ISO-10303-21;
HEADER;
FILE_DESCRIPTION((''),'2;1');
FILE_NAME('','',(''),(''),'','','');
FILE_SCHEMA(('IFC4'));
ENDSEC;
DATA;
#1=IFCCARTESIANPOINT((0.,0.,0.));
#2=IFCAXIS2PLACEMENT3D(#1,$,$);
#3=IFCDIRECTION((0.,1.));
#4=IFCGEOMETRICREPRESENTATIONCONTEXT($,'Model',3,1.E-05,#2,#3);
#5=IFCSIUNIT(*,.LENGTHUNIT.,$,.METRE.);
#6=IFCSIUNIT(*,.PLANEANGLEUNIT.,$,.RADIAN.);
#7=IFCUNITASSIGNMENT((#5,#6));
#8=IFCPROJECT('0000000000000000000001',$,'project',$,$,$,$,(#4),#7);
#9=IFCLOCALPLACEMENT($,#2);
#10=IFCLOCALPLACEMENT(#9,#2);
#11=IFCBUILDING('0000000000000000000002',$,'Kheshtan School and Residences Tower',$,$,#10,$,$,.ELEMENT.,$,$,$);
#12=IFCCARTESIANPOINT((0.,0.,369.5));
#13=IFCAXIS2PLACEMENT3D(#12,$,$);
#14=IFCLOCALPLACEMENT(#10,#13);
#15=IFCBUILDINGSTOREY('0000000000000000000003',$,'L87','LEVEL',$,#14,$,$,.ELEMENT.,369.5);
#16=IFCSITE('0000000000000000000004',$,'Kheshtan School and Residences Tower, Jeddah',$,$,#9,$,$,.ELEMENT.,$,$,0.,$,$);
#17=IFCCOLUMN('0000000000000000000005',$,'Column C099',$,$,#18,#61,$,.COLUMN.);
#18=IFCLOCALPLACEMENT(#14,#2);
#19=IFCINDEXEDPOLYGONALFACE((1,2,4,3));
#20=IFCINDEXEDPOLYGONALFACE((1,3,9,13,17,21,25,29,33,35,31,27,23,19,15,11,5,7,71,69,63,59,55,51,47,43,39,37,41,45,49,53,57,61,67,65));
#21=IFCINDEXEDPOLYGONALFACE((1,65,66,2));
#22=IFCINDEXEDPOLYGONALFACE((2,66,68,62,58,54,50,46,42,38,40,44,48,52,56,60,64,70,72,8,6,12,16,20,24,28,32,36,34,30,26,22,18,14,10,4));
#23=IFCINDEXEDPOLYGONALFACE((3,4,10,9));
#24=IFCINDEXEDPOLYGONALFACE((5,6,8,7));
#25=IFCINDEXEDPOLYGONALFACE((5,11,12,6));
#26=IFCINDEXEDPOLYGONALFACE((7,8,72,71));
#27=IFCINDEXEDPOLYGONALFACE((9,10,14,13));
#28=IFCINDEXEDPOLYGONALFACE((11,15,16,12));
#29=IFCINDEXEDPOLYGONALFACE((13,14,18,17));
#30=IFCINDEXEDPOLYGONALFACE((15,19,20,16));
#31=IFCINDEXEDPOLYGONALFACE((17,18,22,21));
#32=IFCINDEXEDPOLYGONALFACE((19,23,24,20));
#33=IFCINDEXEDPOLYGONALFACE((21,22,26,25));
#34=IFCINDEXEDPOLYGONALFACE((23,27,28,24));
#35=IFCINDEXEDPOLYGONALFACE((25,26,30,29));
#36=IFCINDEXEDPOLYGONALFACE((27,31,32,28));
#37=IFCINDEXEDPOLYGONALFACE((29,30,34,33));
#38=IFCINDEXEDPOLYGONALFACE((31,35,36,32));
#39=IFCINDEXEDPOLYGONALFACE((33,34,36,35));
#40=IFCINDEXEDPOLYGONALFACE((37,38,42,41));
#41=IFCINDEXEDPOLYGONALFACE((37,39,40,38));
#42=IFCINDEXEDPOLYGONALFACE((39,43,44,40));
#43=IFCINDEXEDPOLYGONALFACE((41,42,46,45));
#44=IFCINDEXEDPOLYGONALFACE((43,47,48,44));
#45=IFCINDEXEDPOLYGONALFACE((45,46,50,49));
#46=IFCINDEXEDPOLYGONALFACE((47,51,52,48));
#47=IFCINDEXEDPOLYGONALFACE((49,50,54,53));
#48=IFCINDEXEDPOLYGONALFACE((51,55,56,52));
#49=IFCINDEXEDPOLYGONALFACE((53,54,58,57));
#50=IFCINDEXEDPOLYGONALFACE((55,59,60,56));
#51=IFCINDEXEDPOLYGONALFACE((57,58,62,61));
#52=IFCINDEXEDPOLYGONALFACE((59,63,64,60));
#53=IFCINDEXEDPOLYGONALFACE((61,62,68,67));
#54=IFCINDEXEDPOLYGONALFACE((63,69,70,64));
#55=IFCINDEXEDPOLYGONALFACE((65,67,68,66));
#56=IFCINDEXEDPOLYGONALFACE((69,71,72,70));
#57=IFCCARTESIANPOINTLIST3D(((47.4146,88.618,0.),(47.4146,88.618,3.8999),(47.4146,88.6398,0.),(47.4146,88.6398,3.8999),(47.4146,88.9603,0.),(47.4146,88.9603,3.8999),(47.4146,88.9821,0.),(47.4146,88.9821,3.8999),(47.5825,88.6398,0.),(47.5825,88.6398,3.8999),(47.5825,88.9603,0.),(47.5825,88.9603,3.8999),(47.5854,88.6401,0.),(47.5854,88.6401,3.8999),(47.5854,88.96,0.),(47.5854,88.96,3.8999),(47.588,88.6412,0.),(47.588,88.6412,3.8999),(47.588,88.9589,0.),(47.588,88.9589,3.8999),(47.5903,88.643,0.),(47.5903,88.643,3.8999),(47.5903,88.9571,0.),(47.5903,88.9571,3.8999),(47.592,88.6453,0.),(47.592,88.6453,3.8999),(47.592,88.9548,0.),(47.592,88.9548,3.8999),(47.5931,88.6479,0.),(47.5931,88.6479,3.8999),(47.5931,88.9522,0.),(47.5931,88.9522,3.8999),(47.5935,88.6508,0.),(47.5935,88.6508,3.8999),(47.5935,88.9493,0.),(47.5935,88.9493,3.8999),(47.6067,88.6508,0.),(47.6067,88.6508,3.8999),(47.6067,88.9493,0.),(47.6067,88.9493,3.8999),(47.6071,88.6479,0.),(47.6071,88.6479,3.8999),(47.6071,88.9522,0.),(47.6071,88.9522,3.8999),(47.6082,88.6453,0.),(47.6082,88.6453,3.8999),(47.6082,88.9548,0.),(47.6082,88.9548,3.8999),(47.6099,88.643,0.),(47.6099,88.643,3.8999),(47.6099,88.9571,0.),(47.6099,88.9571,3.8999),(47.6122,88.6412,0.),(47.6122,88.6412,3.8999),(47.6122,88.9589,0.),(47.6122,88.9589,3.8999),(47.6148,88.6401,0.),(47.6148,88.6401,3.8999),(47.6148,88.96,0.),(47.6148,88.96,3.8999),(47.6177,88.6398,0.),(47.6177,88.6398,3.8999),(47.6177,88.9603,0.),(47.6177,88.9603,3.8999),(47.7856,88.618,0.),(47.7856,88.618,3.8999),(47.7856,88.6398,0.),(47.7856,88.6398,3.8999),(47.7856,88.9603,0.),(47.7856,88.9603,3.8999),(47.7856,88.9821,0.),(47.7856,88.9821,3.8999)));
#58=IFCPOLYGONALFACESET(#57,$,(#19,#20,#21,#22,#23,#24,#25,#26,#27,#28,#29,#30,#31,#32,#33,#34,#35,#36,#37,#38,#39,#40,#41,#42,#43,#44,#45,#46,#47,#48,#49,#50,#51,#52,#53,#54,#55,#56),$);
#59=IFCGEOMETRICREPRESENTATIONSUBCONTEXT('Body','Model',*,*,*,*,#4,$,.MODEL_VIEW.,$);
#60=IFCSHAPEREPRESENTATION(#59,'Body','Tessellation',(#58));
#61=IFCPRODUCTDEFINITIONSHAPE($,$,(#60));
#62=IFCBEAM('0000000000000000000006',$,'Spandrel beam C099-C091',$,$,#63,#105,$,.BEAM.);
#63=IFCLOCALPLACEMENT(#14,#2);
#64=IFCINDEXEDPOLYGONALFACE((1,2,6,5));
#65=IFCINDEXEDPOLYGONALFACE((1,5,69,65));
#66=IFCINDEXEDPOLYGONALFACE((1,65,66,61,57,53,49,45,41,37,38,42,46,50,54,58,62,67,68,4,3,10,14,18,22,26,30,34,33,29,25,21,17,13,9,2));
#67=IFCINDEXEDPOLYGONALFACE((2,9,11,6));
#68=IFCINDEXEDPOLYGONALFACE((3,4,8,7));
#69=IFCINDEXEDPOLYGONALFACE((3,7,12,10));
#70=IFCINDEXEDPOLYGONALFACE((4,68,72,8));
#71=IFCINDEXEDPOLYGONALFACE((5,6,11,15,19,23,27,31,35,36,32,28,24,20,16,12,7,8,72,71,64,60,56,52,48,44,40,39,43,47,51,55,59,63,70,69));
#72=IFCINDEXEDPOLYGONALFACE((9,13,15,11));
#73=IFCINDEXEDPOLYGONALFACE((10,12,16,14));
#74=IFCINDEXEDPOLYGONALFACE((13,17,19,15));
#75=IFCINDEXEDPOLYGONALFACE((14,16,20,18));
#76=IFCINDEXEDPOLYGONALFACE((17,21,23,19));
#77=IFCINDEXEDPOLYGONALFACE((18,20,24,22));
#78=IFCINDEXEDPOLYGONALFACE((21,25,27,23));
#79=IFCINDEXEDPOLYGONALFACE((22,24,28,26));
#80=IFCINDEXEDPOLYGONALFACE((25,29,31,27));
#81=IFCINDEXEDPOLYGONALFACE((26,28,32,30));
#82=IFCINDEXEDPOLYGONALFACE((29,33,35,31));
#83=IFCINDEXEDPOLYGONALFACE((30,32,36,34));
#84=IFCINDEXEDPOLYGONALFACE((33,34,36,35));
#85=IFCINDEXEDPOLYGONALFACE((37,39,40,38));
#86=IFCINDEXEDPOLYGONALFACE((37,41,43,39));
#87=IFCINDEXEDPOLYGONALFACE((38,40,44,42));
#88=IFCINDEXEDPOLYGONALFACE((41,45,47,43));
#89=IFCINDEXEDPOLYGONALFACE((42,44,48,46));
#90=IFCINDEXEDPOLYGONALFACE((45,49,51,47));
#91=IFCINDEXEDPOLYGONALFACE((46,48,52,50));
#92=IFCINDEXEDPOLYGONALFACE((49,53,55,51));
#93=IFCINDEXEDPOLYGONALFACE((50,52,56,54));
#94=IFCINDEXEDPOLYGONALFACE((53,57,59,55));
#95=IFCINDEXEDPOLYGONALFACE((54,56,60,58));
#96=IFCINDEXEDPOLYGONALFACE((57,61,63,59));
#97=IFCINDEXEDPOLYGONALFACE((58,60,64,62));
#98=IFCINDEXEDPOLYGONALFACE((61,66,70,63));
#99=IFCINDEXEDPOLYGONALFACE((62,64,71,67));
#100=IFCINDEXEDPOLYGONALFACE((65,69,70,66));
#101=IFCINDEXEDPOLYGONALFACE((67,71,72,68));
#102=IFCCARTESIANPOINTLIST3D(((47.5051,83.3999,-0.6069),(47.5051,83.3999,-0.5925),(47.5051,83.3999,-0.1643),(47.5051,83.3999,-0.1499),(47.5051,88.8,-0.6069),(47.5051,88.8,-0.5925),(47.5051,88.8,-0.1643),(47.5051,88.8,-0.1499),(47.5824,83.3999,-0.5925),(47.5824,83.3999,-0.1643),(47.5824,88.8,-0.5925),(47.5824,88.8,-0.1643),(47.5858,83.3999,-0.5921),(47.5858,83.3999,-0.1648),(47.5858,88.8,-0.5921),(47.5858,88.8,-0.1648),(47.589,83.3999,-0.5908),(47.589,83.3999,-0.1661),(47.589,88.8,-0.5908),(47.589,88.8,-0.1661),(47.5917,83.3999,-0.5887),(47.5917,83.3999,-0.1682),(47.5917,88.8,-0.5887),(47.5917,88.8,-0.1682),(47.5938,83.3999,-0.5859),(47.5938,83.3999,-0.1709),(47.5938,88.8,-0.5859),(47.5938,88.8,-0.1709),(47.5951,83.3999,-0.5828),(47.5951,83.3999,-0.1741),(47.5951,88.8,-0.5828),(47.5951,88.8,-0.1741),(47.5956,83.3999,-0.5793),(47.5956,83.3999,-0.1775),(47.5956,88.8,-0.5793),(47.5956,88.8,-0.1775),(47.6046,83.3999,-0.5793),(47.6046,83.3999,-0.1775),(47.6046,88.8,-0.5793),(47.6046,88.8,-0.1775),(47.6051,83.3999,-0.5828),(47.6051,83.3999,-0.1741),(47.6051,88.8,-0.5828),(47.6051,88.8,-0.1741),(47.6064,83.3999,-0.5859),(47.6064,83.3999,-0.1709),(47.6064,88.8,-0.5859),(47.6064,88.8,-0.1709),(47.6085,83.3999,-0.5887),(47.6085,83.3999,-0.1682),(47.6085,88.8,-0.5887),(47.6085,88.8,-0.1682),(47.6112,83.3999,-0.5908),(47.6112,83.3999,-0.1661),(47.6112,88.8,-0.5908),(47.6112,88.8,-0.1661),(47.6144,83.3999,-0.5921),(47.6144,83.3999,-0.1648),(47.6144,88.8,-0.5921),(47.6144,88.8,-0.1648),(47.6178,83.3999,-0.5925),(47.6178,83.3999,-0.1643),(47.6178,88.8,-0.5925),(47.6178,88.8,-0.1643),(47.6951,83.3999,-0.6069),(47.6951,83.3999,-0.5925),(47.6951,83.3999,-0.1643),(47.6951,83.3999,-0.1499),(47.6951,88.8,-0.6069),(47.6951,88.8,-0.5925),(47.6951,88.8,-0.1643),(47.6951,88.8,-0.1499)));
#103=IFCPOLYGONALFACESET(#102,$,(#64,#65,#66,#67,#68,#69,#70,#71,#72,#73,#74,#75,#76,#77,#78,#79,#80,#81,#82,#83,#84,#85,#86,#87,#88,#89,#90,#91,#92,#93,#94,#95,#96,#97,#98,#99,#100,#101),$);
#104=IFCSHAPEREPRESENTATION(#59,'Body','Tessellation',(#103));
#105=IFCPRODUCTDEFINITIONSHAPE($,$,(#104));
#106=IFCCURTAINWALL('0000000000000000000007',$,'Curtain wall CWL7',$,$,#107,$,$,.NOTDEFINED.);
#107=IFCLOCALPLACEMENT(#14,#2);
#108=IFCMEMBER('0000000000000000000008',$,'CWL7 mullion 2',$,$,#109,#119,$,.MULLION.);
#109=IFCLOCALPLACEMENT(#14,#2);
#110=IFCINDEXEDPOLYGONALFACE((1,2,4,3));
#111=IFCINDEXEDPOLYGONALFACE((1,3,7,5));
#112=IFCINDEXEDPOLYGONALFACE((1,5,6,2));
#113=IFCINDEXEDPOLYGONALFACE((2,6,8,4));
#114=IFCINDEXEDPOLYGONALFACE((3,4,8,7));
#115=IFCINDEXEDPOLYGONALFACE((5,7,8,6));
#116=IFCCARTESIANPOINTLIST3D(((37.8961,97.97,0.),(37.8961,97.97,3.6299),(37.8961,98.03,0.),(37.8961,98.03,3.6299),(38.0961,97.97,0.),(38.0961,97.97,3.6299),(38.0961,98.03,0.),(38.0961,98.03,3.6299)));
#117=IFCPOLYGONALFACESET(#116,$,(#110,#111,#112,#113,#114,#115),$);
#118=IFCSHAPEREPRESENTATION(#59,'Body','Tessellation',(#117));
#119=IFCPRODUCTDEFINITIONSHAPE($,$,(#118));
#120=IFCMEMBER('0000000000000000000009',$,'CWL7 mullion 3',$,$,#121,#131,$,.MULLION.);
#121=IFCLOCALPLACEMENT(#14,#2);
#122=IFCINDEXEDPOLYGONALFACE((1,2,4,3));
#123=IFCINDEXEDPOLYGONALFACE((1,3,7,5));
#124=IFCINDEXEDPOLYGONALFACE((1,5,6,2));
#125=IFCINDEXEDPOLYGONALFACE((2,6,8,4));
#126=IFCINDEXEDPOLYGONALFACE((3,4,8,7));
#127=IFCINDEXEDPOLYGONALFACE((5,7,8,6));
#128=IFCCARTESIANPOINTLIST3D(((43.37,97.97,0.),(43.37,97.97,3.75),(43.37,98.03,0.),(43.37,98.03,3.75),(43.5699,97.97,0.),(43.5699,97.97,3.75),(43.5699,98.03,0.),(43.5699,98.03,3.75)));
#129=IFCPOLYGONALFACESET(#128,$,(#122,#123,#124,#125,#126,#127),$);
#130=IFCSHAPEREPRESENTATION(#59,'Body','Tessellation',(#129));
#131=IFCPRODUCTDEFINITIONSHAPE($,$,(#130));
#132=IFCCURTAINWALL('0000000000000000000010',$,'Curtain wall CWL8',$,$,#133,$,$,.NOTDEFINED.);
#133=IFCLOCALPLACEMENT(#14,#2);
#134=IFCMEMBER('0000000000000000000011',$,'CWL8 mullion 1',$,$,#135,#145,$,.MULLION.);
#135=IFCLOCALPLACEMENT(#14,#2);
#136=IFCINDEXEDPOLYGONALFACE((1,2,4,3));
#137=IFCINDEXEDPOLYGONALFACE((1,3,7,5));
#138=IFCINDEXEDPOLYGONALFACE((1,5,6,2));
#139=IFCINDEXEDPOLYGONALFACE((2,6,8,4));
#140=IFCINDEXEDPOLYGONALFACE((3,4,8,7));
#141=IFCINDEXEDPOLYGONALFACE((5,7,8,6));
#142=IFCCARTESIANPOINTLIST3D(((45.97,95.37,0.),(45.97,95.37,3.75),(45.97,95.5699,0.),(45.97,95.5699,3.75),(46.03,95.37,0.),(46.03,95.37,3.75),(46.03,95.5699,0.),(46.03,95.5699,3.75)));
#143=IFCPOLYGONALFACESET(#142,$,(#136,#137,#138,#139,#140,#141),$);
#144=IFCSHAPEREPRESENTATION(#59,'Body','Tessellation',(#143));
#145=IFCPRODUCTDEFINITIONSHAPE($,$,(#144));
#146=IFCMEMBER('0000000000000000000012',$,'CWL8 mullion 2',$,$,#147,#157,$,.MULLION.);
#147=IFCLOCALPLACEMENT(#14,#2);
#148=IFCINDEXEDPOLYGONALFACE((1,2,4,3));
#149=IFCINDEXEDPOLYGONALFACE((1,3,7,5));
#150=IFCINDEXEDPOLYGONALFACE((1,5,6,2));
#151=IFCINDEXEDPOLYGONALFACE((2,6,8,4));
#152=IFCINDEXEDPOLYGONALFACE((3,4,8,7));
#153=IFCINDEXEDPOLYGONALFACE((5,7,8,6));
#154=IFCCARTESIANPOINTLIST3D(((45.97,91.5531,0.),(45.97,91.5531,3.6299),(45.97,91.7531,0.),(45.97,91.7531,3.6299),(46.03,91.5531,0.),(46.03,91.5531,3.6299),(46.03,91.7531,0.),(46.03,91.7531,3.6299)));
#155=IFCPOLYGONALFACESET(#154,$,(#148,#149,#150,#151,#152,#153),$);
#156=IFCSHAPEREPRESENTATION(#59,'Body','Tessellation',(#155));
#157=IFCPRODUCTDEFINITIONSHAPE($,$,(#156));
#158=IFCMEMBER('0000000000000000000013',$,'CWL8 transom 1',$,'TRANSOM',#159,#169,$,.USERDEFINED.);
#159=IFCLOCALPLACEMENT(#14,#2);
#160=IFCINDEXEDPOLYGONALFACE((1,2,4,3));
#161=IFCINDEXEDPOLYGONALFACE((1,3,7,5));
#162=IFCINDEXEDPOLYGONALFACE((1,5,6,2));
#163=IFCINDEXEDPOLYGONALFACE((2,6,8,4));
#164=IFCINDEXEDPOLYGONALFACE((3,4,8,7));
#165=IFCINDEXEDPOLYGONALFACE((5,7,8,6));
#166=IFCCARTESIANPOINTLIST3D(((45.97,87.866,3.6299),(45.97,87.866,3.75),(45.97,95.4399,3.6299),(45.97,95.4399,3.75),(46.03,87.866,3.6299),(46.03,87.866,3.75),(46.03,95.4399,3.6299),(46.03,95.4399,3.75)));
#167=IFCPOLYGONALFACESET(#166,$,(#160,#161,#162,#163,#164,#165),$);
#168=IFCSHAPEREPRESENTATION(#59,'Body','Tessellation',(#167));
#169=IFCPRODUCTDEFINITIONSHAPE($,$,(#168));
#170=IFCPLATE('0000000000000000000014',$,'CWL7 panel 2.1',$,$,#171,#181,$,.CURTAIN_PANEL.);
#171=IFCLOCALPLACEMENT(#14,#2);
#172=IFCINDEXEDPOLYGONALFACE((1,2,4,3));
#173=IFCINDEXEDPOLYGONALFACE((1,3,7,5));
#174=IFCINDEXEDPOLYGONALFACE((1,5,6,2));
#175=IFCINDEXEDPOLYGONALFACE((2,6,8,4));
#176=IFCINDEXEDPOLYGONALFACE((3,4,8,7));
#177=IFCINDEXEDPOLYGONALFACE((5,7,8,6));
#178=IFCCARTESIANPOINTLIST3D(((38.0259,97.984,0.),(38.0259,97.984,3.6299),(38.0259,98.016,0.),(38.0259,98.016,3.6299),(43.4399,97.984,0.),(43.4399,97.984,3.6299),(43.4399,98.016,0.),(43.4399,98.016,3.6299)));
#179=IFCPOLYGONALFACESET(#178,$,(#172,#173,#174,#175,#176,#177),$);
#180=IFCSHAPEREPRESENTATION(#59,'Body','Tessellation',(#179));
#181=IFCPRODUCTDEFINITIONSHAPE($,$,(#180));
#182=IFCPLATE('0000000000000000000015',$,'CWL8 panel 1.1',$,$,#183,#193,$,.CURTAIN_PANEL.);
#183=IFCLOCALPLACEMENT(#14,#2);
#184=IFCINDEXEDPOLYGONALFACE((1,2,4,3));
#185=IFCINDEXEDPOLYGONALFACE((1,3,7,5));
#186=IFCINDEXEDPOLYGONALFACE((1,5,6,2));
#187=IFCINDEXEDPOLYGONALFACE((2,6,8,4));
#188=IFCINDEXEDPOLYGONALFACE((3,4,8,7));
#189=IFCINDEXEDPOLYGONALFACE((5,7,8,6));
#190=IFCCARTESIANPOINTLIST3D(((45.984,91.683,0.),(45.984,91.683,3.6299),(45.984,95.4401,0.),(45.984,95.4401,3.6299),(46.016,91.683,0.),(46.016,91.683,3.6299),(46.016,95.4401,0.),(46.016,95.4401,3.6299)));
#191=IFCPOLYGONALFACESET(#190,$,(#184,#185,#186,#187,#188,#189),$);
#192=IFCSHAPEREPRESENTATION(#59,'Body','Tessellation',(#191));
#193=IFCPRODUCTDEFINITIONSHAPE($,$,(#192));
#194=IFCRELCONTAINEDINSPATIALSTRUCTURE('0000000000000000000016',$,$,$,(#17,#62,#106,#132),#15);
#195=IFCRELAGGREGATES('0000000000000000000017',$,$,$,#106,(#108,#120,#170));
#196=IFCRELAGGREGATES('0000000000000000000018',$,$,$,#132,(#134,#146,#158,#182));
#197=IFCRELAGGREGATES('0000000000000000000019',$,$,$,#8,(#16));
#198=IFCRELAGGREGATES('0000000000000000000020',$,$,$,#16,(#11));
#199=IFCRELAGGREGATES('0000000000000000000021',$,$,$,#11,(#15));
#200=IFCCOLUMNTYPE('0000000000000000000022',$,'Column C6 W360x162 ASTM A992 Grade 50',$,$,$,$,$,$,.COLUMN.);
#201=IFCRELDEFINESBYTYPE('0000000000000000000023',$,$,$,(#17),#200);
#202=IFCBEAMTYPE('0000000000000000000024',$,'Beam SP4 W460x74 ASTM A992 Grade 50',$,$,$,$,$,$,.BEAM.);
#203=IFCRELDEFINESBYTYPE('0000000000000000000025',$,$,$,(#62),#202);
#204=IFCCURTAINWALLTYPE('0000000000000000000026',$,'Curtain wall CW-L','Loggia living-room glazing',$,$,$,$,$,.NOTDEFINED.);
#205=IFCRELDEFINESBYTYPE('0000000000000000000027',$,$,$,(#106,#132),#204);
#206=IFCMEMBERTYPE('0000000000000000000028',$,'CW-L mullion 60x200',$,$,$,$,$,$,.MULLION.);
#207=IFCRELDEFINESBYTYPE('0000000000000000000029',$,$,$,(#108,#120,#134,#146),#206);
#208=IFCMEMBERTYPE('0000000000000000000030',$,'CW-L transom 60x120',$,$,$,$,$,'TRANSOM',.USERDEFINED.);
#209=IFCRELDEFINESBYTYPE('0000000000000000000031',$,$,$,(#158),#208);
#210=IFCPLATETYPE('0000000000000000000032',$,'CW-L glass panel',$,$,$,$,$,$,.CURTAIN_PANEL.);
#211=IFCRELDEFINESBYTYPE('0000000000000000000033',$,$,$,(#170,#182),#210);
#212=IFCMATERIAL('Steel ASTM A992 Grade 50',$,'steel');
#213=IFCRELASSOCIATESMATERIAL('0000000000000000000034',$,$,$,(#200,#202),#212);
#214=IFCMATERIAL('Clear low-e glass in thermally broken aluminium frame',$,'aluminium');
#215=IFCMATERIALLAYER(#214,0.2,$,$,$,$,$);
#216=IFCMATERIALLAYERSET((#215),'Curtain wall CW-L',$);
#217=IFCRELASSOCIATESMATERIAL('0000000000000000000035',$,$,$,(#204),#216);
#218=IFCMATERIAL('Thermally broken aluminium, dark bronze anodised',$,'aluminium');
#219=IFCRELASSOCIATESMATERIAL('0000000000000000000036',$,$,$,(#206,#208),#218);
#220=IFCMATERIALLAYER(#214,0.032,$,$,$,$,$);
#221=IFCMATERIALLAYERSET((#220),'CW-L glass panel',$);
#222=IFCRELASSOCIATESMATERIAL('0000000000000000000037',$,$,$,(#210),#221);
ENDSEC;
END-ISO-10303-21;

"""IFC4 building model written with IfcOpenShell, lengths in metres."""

from ifc_helpers import new_model, si_unit, direction, frame, origin, origin_2d, place, context, subcontext, project, spatial, rectangle, i_section, extrude, material, layer, layer_set, material_profile, profile_set, type_object, element, aggregate, save


model = new_model("IFC4")

# Units and contexts
model_context = context("Model", 3, precision=1e-05, world=origin(), true_north=direction((0.0, 1.0)))
body_context = subcontext(model_context, "Body", "Model", "MODEL_VIEW")
ifc_project = project(units=[si_unit("LENGTHUNIT", "METRE"), si_unit("PLANEANGLEUNIT", "RADIAN")], contexts=[model_context])

# Site, building, storey
site_placement = place(None, origin())
site = spatial("IfcSite", under=ifc_project, at=site_placement, Name="Kheshtan School and Residences Tower, Jeddah", CompositionType="ELEMENT", RefElevation=0.0)
building_placement = place(site_placement, origin())
building = spatial("IfcBuilding", under=site, at=building_placement, Name="Kheshtan School and Residences Tower", CompositionType="ELEMENT")
storey_placement = place(building_placement, frame((0.0, 0.0, 369.5)))
storey = spatial("IfcBuildingStorey", under=building, at=storey_placement, Name="L87", Description="LEVEL", CompositionType="ELEMENT", Elevation=369.5)

# Column
ifc_material_1 = material(Name="Steel ASTM A992 Grade 50", Category="steel")
ifc_material_profile_1 = material_profile(ifc_material_1, i_section(OverallWidth=0.3711, OverallDepth=0.364, WebThickness=0.0132, FlangeThickness=0.0217, FilletRadius=0.011, at=origin_2d()), Name="W360x162")
ifc_profile_set_1 = profile_set([ifc_material_profile_1], Name="Steel ASTM A992 Grade 50")
column_type = type_object("IfcColumnType", Name="Column C6 W360x162 ASTM A992 Grade 50", PredefinedType="COLUMN", material=ifc_profile_set_1)
column_placement = place(storey_placement, frame((47.6001, 88.8, 0.0), z_axis=(0.0, 0.0, 1.0), x_axis=(1.0, 0.0, 0.0)))
element("IfcColumn", 1, at=column_placement, inside=storey, type_object=column_type, Name="Column C099", PredefinedType="COLUMN", context=body_context, shape_type="SweptSolid", body=[
    extrude(i_section(OverallWidth=0.3711, OverallDepth=0.364, WebThickness=0.0132, FlangeThickness=0.0217, FilletRadius=0.011, at=origin_2d()), origin(), (0.0, 0.0, 1.0), 3.8999),
])

# Beam
ifc_material_profile_2 = material_profile(ifc_material_1, i_section(OverallWidth=0.1899, OverallDepth=0.457, WebThickness=0.009, FlangeThickness=0.0144, FilletRadius=0.0132, at=origin_2d()), Name="W460x74")
ifc_profile_set_2 = profile_set([ifc_material_profile_2], Name="Steel ASTM A992 Grade 50")
beam_type = type_object("IfcBeamType", Name="Beam SP4 W460x74 ASTM A992 Grade 50", PredefinedType="BEAM", material=ifc_profile_set_2)
beam_placement = place(storey_placement, frame((47.6001, 88.8, -0.3784), z_axis=(0.0, -1.0, 0.0), x_axis=(1.0, 0.0, 0.0)))
element("IfcBeam", 2, at=beam_placement, inside=storey, type_object=beam_type, Name="Spandrel beam C099-C091", PredefinedType="BEAM", context=body_context, shape_type="SweptSolid", body=[
    extrude(i_section(OverallWidth=0.1899, OverallDepth=0.457, WebThickness=0.009, FlangeThickness=0.0144, FilletRadius=0.0132, at=origin_2d()), origin(), (0.0, 0.0, 1.0), 5.4001),
])

# Curtain walls, members
ifc_material_2 = material(Name="Clear low-e glass in thermally broken aluminium frame", Category="aluminium")
ifc_layer_1 = layer(ifc_material_2, 0.2)
ifc_layer_set_1 = layer_set([ifc_layer_1], Name="Curtain wall CW-L")
curtain_wall_type = type_object("IfcCurtainWallType", Name="Curtain wall CW-L", Description="Loggia living-room glazing", PredefinedType="NOTDEFINED", material=ifc_layer_set_1)
curtain_wall_1_placement = place(storey_placement, origin())
curtain_wall_1 = element("IfcCurtainWall", 3, at=curtain_wall_1_placement, inside=storey, type_object=curtain_wall_type, Name="Curtain wall CWL7", PredefinedType="NOTDEFINED")
ifc_material_3 = material(Name="Thermally broken aluminium, dark bronze anodised", Category="aluminium")
ifc_material_profile_3 = material_profile(ifc_material_3, rectangle(XDim=0.0601, YDim=0.2, at=origin_2d()), Name="CW-L mullion 60x200")
ifc_profile_set_3 = profile_set([ifc_material_profile_3], Name="Thermally broken aluminium, dark bronze anodised")
member_type_1 = type_object("IfcMemberType", Name="CW-L mullion 60x200", PredefinedType="MULLION", material=ifc_profile_set_3)
member_1_placement = place(storey_placement, frame((37.9961, 98.0, 0.0), z_axis=(0.0, 0.0, 1.0), x_axis=(0.0, 1.0, 0.0)))
member_1 = element("IfcMember", 4, at=member_1_placement, type_object=member_type_1, Name="CWL7 mullion 2", PredefinedType="MULLION", context=body_context, shape_type="SweptSolid", body=[
    extrude(rectangle(XDim=0.0601, YDim=0.2, at=origin_2d()), origin(), (0.0, 0.0, 1.0), 3.6299),
])
member_2_placement = place(storey_placement, frame((43.47, 98.0, 0.0), z_axis=(0.0, 0.0, 1.0), x_axis=(0.0, 1.0, 0.0)))
member_2 = element("IfcMember", 5, at=member_2_placement, type_object=member_type_1, Name="CWL7 mullion 3", PredefinedType="MULLION", context=body_context, shape_type="SweptSolid", body=[
    extrude(rectangle(XDim=0.0601, YDim=0.2, at=origin_2d()), origin(), (0.0, 0.0, 1.0), 3.75),
])
curtain_wall_2_placement = place(storey_placement, origin())
curtain_wall_2 = element("IfcCurtainWall", 6, at=curtain_wall_2_placement, inside=storey, type_object=curtain_wall_type, Name="Curtain wall CWL8", PredefinedType="NOTDEFINED")
member_3_placement = place(storey_placement, frame((46.0, 95.47, 0.0), z_axis=(0.0, 0.0, 1.0), x_axis=(1.0, 0.0, 0.0)))
member_3 = element("IfcMember", 7, at=member_3_placement, type_object=member_type_1, Name="CWL8 mullion 1", PredefinedType="MULLION", context=body_context, shape_type="SweptSolid", body=[
    extrude(rectangle(XDim=0.0601, YDim=0.2, at=origin_2d()), origin(), (0.0, 0.0, 1.0), 3.75),
])
member_4_placement = place(storey_placement, frame((46.0, 91.6531, 0.0), z_axis=(0.0, 0.0, 1.0), x_axis=(1.0, 0.0, 0.0)))
member_4 = element("IfcMember", 8, at=member_4_placement, type_object=member_type_1, Name="CWL8 mullion 2", PredefinedType="MULLION", context=body_context, shape_type="SweptSolid", body=[
    extrude(rectangle(XDim=0.0601, YDim=0.2, at=origin_2d()), origin(), (0.0, 0.0, 1.0), 3.6299),
])
ifc_material_profile_4 = material_profile(ifc_material_3, rectangle(XDim=0.0601, YDim=0.1201, at=origin_2d()), Name="CW-L transom 60x120")
ifc_profile_set_4 = profile_set([ifc_material_profile_4], Name="Thermally broken aluminium, dark bronze anodised")
member_type_2 = type_object("IfcMemberType", Name="CW-L transom 60x120", ElementType="TRANSOM", PredefinedType="USERDEFINED", material=ifc_profile_set_4)
member_5_placement = place(storey_placement, frame((46.0, 95.4399, 3.6899), z_axis=(0.0, -1.0, 0.0), x_axis=(1.0, 0.0, 0.0)))
member_5 = element("IfcMember", 9, at=member_5_placement, type_object=member_type_2, Name="CWL8 transom 1", ObjectType="TRANSOM", PredefinedType="USERDEFINED", context=body_context, shape_type="SweptSolid", body=[
    extrude(rectangle(XDim=0.0601, YDim=0.1201, at=origin_2d()), origin(), (0.0, 0.0, 1.0), 7.574),
])

# Plates
ifc_layer_2 = layer(ifc_material_2, 0.032)
ifc_layer_set_2 = layer_set([ifc_layer_2], Name="CW-L glass panel")
plate_type = type_object("IfcPlateType", Name="CW-L glass panel", PredefinedType="CURTAIN_PANEL", material=ifc_layer_set_2)
plate_1_placement = place(storey_placement, frame((40.7329, 98.0, 0.0), z_axis=(0.0, 0.0, 1.0), x_axis=(1.0, 0.0, 0.0)))
plate_1 = element("IfcPlate", 10, at=plate_1_placement, type_object=plate_type, Name="CWL7 panel 2.1", PredefinedType="CURTAIN_PANEL", context=body_context, shape_type="SweptSolid", body=[
    extrude(rectangle(XDim=5.4141, YDim=0.032, at=origin_2d()), origin(), (0.0, 0.0, 1.0), 3.6299),
])
aggregate(curtain_wall_1, [member_1, member_2, plate_1])
plate_2_placement = place(storey_placement, frame((46.0, 93.5615, 0.0), z_axis=(0.0, 0.0, 1.0), x_axis=(0.0, -1.0, 0.0)))
plate_2 = element("IfcPlate", 11, at=plate_2_placement, type_object=plate_type, Name="CWL8 panel 1.1", PredefinedType="CURTAIN_PANEL", context=body_context, shape_type="SweptSolid", body=[
    extrude(rectangle(XDim=3.7571, YDim=0.032, at=origin_2d()), origin(), (0.0, 0.0, 1.0), 3.6299),
])
aggregate(curtain_wall_2, [member_3, member_4, member_5, plate_2])

save(model, "model.ifc")
